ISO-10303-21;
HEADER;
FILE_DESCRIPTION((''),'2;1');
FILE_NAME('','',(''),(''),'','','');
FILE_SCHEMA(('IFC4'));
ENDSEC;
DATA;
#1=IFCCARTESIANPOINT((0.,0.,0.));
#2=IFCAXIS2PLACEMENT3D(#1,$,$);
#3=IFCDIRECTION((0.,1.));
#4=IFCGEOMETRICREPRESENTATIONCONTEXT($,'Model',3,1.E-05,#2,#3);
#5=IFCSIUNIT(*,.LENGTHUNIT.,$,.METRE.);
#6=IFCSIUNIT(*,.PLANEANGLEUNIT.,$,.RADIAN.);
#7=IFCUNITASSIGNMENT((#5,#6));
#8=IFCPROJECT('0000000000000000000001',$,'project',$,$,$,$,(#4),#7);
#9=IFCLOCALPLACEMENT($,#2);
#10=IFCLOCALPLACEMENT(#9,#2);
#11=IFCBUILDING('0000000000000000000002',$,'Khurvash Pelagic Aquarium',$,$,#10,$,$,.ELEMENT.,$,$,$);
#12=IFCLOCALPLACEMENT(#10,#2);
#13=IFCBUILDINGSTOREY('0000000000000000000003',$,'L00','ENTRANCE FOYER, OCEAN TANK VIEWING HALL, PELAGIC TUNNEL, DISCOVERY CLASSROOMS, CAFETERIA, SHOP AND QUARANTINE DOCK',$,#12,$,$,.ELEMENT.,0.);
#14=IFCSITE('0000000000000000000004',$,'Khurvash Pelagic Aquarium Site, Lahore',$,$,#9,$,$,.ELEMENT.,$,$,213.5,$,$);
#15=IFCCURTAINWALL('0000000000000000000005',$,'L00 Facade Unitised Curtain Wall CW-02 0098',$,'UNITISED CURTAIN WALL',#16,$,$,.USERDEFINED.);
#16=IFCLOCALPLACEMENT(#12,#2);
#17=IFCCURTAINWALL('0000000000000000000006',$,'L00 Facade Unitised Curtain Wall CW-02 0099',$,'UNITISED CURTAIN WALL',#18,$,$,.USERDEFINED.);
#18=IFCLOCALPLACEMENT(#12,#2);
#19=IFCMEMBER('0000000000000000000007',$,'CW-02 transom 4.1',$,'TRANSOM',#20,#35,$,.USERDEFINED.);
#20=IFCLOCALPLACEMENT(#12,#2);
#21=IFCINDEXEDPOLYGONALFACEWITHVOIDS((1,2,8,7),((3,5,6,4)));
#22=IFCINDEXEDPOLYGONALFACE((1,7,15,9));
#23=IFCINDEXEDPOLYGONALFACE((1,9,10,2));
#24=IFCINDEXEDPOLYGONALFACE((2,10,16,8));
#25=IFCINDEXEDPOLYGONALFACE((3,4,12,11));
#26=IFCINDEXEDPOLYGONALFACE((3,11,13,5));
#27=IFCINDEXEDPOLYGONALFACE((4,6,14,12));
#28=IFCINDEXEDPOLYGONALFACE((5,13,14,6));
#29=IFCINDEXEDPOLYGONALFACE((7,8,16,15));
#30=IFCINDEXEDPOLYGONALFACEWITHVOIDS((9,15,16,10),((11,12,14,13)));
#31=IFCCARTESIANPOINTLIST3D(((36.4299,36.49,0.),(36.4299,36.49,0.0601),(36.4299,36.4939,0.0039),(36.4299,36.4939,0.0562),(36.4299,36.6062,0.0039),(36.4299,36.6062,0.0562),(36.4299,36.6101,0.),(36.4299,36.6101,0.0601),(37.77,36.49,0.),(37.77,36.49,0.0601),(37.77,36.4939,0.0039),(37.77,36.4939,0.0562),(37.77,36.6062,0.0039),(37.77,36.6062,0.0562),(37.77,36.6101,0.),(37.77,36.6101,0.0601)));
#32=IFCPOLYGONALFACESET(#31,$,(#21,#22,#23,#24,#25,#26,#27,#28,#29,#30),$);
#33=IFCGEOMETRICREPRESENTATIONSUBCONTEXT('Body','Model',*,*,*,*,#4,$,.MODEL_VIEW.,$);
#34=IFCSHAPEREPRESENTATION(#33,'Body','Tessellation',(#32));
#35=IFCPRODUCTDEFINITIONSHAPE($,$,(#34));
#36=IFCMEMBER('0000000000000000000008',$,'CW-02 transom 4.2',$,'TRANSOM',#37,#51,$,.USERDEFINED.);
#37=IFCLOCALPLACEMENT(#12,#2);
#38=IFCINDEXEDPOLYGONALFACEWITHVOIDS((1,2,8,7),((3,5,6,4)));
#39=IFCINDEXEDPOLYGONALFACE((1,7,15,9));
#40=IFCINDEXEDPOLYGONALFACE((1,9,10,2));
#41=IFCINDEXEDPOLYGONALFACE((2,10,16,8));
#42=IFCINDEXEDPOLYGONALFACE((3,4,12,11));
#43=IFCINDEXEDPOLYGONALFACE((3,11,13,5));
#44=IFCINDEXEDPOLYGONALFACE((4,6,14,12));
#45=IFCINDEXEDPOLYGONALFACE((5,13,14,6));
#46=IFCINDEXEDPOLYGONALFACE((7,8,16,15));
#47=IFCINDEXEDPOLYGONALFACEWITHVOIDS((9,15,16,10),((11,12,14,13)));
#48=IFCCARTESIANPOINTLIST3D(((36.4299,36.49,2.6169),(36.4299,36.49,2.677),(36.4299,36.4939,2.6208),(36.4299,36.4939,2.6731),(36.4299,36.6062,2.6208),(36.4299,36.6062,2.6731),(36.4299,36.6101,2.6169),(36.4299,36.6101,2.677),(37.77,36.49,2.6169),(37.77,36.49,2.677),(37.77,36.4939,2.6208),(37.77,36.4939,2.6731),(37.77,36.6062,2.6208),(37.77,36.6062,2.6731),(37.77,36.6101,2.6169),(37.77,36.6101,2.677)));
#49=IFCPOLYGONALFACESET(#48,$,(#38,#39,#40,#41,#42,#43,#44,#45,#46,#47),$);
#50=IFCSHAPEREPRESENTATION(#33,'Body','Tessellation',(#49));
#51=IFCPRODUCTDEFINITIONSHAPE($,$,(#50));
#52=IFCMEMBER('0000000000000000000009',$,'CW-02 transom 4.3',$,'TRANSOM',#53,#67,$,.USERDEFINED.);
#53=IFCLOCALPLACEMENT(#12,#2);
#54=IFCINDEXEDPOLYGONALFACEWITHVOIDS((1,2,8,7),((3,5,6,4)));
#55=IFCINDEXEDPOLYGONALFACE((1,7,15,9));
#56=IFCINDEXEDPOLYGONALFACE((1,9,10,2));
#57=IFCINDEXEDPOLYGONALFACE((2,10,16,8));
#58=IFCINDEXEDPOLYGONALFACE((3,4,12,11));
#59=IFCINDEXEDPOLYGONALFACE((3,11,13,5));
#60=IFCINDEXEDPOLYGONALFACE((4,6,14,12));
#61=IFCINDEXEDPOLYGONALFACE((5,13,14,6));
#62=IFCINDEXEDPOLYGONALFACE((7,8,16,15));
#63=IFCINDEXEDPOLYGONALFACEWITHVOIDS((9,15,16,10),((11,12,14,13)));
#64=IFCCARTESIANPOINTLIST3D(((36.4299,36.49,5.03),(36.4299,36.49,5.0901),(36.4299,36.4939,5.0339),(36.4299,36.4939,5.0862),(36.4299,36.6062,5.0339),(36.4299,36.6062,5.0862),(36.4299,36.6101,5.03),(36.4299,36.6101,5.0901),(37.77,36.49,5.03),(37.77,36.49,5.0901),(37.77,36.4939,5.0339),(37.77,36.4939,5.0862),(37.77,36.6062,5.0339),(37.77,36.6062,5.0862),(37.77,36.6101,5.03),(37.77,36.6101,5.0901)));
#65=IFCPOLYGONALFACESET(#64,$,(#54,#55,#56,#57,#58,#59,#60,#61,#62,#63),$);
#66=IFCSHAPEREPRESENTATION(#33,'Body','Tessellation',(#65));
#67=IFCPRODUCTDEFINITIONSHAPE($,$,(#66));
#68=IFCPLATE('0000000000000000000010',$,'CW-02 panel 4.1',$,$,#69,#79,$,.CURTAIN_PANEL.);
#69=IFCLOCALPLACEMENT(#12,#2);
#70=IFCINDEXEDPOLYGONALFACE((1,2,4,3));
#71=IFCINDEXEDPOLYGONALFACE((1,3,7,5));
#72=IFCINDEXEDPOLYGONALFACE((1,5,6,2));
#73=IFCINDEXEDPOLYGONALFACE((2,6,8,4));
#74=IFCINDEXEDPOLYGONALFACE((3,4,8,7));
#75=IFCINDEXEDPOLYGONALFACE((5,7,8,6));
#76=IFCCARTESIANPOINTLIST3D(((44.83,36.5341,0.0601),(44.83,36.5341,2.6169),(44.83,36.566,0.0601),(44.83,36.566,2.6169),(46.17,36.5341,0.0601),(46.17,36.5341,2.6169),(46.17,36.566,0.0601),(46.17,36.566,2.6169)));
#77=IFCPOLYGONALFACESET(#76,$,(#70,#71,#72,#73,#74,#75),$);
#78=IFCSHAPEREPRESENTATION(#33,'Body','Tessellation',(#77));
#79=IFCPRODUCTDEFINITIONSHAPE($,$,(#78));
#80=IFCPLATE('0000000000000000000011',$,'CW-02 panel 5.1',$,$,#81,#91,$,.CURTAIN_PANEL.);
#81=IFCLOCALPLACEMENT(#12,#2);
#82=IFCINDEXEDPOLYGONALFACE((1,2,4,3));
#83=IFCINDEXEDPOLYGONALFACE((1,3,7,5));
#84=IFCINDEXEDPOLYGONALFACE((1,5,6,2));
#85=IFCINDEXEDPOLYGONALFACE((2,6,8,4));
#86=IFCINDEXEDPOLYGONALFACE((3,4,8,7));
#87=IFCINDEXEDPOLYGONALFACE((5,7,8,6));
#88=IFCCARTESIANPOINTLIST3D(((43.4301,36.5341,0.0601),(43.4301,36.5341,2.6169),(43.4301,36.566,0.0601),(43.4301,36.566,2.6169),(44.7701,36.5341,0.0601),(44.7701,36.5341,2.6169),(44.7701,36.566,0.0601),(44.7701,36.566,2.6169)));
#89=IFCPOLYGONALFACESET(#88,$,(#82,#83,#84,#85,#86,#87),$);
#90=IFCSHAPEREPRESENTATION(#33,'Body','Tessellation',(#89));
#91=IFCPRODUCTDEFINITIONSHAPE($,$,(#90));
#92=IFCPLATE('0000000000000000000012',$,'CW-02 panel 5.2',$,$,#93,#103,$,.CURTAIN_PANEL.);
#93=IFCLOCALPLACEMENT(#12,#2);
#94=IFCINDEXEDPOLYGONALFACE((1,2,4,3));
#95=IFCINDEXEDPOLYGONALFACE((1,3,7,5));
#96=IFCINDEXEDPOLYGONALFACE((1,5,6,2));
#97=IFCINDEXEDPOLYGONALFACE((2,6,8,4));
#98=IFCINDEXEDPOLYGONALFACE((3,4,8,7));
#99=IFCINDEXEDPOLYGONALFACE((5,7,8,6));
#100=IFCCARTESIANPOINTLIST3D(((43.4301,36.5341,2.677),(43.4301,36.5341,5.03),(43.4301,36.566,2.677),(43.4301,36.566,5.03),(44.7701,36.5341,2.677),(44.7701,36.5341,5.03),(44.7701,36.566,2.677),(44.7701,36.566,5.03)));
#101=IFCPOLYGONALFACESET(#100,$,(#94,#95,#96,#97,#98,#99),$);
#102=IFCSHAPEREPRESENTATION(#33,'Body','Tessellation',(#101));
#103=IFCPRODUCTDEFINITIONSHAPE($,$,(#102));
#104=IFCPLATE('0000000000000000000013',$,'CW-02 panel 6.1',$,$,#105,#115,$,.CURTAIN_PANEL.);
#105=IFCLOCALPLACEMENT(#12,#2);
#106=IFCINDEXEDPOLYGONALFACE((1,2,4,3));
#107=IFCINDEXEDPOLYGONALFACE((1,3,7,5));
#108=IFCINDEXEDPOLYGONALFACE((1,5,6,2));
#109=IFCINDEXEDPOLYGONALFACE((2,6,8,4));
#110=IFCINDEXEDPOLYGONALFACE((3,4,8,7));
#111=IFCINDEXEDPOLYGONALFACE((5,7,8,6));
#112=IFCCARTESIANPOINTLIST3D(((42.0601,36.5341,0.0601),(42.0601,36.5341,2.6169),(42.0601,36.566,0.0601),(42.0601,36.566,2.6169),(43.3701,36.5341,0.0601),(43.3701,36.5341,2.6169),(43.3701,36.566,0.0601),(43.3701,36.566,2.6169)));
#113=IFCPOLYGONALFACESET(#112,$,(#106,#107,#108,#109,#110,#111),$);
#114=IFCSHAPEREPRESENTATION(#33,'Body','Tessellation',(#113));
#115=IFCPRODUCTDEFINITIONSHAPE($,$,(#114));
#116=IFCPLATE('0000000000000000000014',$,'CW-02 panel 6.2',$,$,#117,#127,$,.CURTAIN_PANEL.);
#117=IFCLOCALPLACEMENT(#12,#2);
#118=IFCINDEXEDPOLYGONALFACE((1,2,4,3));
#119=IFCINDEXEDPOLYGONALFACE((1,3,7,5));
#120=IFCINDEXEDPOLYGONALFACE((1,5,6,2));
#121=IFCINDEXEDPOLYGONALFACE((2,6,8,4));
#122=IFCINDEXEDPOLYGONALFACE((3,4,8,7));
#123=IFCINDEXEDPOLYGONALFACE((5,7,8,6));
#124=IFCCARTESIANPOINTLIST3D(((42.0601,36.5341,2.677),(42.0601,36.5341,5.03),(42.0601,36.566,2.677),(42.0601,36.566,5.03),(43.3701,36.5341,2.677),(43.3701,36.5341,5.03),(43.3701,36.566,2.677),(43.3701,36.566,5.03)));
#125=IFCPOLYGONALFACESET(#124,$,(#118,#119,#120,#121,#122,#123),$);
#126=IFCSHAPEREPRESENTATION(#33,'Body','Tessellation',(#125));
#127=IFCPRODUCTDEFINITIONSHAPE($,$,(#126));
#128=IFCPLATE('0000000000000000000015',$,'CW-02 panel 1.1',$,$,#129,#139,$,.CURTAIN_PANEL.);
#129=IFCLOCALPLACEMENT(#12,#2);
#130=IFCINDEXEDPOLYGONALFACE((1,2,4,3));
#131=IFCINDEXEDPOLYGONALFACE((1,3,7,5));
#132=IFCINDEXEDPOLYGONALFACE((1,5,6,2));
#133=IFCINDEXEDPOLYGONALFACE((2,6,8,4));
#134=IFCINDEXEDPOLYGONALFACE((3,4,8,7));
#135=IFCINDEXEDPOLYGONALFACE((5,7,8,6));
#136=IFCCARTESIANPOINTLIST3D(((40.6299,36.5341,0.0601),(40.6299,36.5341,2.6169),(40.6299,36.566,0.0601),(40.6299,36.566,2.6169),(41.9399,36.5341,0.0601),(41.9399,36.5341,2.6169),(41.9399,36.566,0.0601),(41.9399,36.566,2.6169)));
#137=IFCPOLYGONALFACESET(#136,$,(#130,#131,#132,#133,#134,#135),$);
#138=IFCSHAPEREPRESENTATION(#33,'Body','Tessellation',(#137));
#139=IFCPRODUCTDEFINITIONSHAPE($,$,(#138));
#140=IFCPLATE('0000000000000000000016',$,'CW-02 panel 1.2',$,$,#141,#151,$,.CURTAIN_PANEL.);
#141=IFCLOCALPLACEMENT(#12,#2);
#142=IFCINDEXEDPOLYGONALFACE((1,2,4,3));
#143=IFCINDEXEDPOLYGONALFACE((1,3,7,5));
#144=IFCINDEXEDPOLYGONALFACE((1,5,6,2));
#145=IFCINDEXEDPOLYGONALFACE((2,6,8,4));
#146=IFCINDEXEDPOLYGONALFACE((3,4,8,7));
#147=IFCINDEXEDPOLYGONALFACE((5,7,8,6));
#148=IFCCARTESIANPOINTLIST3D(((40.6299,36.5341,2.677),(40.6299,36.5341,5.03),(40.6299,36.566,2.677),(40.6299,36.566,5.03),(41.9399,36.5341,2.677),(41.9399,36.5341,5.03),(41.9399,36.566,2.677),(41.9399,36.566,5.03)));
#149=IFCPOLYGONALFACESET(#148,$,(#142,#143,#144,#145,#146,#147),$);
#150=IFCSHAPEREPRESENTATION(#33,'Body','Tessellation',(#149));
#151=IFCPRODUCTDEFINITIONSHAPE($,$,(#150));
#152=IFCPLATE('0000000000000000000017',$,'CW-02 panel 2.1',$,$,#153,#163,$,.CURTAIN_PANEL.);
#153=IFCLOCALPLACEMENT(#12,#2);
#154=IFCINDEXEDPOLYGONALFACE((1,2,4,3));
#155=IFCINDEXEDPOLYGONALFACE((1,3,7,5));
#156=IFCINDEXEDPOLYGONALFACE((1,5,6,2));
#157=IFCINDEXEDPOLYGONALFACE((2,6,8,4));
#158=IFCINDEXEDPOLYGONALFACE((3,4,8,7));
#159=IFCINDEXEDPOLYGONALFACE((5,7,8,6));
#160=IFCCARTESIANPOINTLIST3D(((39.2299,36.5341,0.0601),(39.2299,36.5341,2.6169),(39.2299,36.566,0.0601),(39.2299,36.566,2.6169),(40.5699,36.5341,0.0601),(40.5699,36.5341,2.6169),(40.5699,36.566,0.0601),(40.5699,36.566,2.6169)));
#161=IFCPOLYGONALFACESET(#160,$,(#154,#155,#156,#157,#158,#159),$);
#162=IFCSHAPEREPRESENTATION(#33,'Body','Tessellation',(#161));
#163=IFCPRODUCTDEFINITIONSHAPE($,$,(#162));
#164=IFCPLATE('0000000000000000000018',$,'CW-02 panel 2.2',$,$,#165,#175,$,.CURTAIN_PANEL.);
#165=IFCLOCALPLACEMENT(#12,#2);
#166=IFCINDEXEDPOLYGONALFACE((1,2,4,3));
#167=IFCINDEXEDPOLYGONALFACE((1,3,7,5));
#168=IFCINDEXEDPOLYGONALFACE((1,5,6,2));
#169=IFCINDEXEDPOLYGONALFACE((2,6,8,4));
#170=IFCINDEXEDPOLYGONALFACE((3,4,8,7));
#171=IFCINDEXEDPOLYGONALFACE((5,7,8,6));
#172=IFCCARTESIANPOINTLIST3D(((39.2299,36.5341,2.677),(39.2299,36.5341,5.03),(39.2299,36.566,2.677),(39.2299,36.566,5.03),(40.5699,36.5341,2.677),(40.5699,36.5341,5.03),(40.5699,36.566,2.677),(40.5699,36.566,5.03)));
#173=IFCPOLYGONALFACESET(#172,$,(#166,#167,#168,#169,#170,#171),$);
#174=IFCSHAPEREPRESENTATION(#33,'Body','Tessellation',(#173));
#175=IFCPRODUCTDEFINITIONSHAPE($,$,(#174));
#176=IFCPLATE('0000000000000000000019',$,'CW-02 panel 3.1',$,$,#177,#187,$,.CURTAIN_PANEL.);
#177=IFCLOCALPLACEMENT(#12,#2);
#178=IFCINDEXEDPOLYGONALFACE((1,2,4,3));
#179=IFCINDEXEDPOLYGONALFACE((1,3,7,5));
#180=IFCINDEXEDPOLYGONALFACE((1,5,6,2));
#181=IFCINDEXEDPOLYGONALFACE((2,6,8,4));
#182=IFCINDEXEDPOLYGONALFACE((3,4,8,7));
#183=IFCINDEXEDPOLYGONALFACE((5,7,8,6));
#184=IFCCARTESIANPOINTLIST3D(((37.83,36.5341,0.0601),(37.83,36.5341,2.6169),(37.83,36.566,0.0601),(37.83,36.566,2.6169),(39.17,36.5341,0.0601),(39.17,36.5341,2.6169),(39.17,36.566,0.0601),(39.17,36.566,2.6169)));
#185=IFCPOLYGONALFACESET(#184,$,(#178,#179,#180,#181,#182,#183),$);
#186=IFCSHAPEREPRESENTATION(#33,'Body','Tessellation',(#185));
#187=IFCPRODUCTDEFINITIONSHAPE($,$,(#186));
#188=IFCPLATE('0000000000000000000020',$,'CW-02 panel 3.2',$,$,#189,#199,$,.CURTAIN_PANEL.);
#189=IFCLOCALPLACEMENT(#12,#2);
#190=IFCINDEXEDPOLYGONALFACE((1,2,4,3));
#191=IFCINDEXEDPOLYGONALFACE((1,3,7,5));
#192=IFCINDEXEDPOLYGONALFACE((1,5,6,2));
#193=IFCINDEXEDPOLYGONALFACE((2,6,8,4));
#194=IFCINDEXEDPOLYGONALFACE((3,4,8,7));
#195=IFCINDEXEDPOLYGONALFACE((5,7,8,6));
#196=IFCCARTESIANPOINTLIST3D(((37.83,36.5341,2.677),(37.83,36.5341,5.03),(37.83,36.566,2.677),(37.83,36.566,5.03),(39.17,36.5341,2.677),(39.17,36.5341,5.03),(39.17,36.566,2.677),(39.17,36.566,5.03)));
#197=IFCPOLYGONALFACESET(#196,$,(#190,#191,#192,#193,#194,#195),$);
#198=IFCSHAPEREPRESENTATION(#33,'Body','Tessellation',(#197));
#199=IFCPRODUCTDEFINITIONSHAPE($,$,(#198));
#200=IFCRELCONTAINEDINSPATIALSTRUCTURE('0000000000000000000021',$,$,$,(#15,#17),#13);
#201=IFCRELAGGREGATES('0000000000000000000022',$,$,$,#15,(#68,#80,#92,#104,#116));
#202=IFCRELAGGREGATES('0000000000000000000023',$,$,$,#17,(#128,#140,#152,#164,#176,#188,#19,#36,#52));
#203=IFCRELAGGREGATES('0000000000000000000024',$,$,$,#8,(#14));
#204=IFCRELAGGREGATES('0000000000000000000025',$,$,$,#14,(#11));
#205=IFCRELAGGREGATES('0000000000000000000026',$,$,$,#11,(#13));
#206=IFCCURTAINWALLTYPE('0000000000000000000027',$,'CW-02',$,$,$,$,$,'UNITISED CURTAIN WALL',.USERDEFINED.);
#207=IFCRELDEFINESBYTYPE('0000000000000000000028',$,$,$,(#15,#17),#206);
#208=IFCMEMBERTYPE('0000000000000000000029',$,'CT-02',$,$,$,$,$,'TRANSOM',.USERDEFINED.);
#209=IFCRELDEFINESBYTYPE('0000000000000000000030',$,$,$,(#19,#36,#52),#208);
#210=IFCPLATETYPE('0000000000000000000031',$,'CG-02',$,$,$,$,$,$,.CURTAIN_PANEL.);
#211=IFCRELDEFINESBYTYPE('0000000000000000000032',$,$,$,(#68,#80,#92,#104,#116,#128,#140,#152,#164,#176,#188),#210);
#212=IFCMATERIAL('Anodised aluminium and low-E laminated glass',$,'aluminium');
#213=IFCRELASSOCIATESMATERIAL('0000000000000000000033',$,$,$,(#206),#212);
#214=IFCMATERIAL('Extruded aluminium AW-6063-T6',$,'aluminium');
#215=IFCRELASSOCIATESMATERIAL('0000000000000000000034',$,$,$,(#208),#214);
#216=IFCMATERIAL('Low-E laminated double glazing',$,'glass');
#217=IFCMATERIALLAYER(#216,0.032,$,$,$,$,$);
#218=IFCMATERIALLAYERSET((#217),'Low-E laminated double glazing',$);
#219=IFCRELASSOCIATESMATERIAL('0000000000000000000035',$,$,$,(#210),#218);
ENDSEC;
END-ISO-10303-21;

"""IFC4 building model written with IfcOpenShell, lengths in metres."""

from ifc_helpers import new_model, si_unit, direction, frame, origin, origin_2d, place, context, subcontext, project, spatial, rectangle, hollow_rectangle, extrude, material, layer, layer_set, material_profile, profile_set, type_object, element, aggregate, save


model = new_model("IFC4")

# Units and contexts
model_context = context("Model", 3, precision=1e-05, world=origin(), true_north=direction((0.0, 1.0)))
body_context = subcontext(model_context, "Body", "Model", "MODEL_VIEW")
ifc_project = project(units=[si_unit("LENGTHUNIT", "METRE"), si_unit("PLANEANGLEUNIT", "RADIAN")], contexts=[model_context])

# Site, building, storey
site_placement = place(None, origin())
site = spatial("IfcSite", under=ifc_project, at=site_placement, Name="Khurvash Pelagic Aquarium Site, Lahore", CompositionType="ELEMENT", RefElevation=213.5)
building_placement = place(site_placement, origin())
building = spatial("IfcBuilding", under=site, at=building_placement, Name="Khurvash Pelagic Aquarium", CompositionType="ELEMENT")
storey_placement = place(building_placement, origin())
storey = spatial("IfcBuildingStorey", under=building, at=storey_placement, Name="L00", Description="ENTRANCE FOYER, OCEAN TANK VIEWING HALL, PELAGIC TUNNEL, DISCOVERY CLASSROOMS, CAFETERIA, SHOP AND QUARANTINE DOCK", CompositionType="ELEMENT", Elevation=0.0)

# Curtain walls
ifc_material_1 = material(Name="Anodised aluminium and low-E laminated glass", Category="aluminium")
curtain_wall_type = type_object("IfcCurtainWallType", Name="CW-02", ElementType="UNITISED CURTAIN WALL", PredefinedType="USERDEFINED", material=ifc_material_1)
curtain_wall_1_placement = place(storey_placement, origin())
curtain_wall_1 = element("IfcCurtainWall", 1, at=curtain_wall_1_placement, inside=storey, type_object=curtain_wall_type, Name="L00 Facade Unitised Curtain Wall CW-02 0098", ObjectType="UNITISED CURTAIN WALL", PredefinedType="USERDEFINED")
ifc_material_2 = material(Name="Extruded aluminium AW-6063-T6", Category="aluminium")
curtain_wall_2_placement = place(storey_placement, origin())
curtain_wall_2 = element("IfcCurtainWall", 2, at=curtain_wall_2_placement, inside=storey, type_object=curtain_wall_type, Name="L00 Facade Unitised Curtain Wall CW-02 0099", ObjectType="UNITISED CURTAIN WALL", PredefinedType="USERDEFINED")

# Members
ifc_material_profile_1 = material_profile(ifc_material_2, hollow_rectangle(XDim=0.1201, YDim=0.0601, WallThickness=0.0039, at=origin_2d()), Name="CWT120X60X4")
ifc_profile_set_1 = profile_set([ifc_material_profile_1], Name="Extruded aluminium AW-6063-T6")
member_type_1 = type_object("IfcMemberType", Name="CT-02", ElementType="TRANSOM", PredefinedType="USERDEFINED", material=ifc_profile_set_1)
member_1_placement = place(storey_placement, frame((37.77, 36.55, 0.03), z_axis=(-1.0, 0.0, 0.0), x_axis=(0.0, -1.0, 0.0)))
member_1 = element("IfcMember", 3, at=member_1_placement, type_object=member_type_1, Name="CW-02 transom 4.1", ObjectType="TRANSOM", PredefinedType="USERDEFINED", context=body_context, shape_type="SweptSolid", body=[
    extrude(hollow_rectangle(XDim=0.1201, YDim=0.0601, WallThickness=0.0039, at=origin_2d()), origin(), (0.0, 0.0, 1.0), 1.3401),
])
member_2_placement = place(storey_placement, frame((37.77, 36.55, 2.647), z_axis=(-1.0, 0.0, 0.0), x_axis=(0.0, -1.0, 0.0)))
member_2 = element("IfcMember", 4, at=member_2_placement, type_object=member_type_1, Name="CW-02 transom 4.2", ObjectType="TRANSOM", PredefinedType="USERDEFINED", context=body_context, shape_type="SweptSolid", body=[
    extrude(hollow_rectangle(XDim=0.1201, YDim=0.0601, WallThickness=0.0039, at=origin_2d()), origin(), (0.0, 0.0, 1.0), 1.3401),
])
member_3_placement = place(storey_placement, frame((37.77, 36.55, 5.0601), z_axis=(-1.0, 0.0, 0.0), x_axis=(0.0, -1.0, 0.0)))
member_3 = element("IfcMember", 5, at=member_3_placement, type_object=member_type_1, Name="CW-02 transom 4.3", ObjectType="TRANSOM", PredefinedType="USERDEFINED", context=body_context, shape_type="SweptSolid", body=[
    extrude(hollow_rectangle(XDim=0.1201, YDim=0.0601, WallThickness=0.0039, at=origin_2d()), origin(), (0.0, 0.0, 1.0), 1.3401),
])

# Plates
ifc_material_3 = material(Name="Low-E laminated double glazing", Category="glass")
ifc_layer = layer(ifc_material_3, 0.032)
ifc_layer_set = layer_set([ifc_layer], Name="Low-E laminated double glazing")
plate_type = type_object("IfcPlateType", Name="CG-02", PredefinedType="CURTAIN_PANEL", material=ifc_layer_set)
plate_1_placement = place(storey_placement, frame((45.5, 36.55, 0.0601), z_axis=(0.0, 0.0, 1.0), x_axis=(-1.0, 0.0, 0.0)))
plate_1 = element("IfcPlate", 6, at=plate_1_placement, type_object=plate_type, Name="CW-02 panel 4.1", PredefinedType="CURTAIN_PANEL", context=body_context, shape_type="SweptSolid", body=[
    extrude(rectangle(XDim=1.3401, YDim=0.032, at=origin_2d()), origin(), (0.0, 0.0, 1.0), 2.5569),
])
plate_2_placement = place(storey_placement, frame((44.1001, 36.55, 0.0601), z_axis=(0.0, 0.0, 1.0), x_axis=(-1.0, 0.0, 0.0)))
plate_2 = element("IfcPlate", 7, at=plate_2_placement, type_object=plate_type, Name="CW-02 panel 5.1", PredefinedType="CURTAIN_PANEL", context=body_context, shape_type="SweptSolid", body=[
    extrude(rectangle(XDim=1.3401, YDim=0.032, at=origin_2d()), origin(), (0.0, 0.0, 1.0), 2.5569),
])
plate_3_placement = place(storey_placement, frame((44.1001, 36.55, 2.677), z_axis=(0.0, 0.0, 1.0), x_axis=(-1.0, 0.0, 0.0)))
plate_3 = element("IfcPlate", 8, at=plate_3_placement, type_object=plate_type, Name="CW-02 panel 5.2", PredefinedType="CURTAIN_PANEL", context=body_context, shape_type="SweptSolid", body=[
    extrude(rectangle(XDim=1.3401, YDim=0.032, at=origin_2d()), origin(), (0.0, 0.0, 1.0), 2.353),
])
plate_4_placement = place(storey_placement, frame((42.7151, 36.55, 0.0601), z_axis=(0.0, 0.0, 1.0), x_axis=(-1.0, 0.0, 0.0)))
plate_4 = element("IfcPlate", 9, at=plate_4_placement, type_object=plate_type, Name="CW-02 panel 6.1", PredefinedType="CURTAIN_PANEL", context=body_context, shape_type="SweptSolid", body=[
    extrude(rectangle(XDim=1.3101, YDim=0.032, at=origin_2d()), origin(), (0.0, 0.0, 1.0), 2.5569),
])
plate_5_placement = place(storey_placement, frame((42.7151, 36.55, 2.677), z_axis=(0.0, 0.0, 1.0), x_axis=(-1.0, 0.0, 0.0)))
plate_5 = element("IfcPlate", 10, at=plate_5_placement, type_object=plate_type, Name="CW-02 panel 6.2", PredefinedType="CURTAIN_PANEL", context=body_context, shape_type="SweptSolid", body=[
    extrude(rectangle(XDim=1.3101, YDim=0.032, at=origin_2d()), origin(), (0.0, 0.0, 1.0), 2.353),
])
aggregate(curtain_wall_1, [plate_1, plate_2, plate_3, plate_4, plate_5])
plate_6_placement = place(storey_placement, frame((41.2849, 36.55, 0.0601), z_axis=(0.0, 0.0, 1.0), x_axis=(-1.0, 0.0, 0.0)))
plate_6 = element("IfcPlate", 11, at=plate_6_placement, type_object=plate_type, Name="CW-02 panel 1.1", PredefinedType="CURTAIN_PANEL", context=body_context, shape_type="SweptSolid", body=[
    extrude(rectangle(XDim=1.3101, YDim=0.032, at=origin_2d()), origin(), (0.0, 0.0, 1.0), 2.5569),
])
plate_7_placement = place(storey_placement, frame((41.2849, 36.55, 2.677), z_axis=(0.0, 0.0, 1.0), x_axis=(-1.0, 0.0, 0.0)))
plate_7 = element("IfcPlate", 12, at=plate_7_placement, type_object=plate_type, Name="CW-02 panel 1.2", PredefinedType="CURTAIN_PANEL", context=body_context, shape_type="SweptSolid", body=[
    extrude(rectangle(XDim=1.3101, YDim=0.032, at=origin_2d()), origin(), (0.0, 0.0, 1.0), 2.353),
])
plate_8_placement = place(storey_placement, frame((39.8999, 36.55, 0.0601), z_axis=(0.0, 0.0, 1.0), x_axis=(-1.0, 0.0, 0.0)))
plate_8 = element("IfcPlate", 13, at=plate_8_placement, type_object=plate_type, Name="CW-02 panel 2.1", PredefinedType="CURTAIN_PANEL", context=body_context, shape_type="SweptSolid", body=[
    extrude(rectangle(XDim=1.3401, YDim=0.032, at=origin_2d()), origin(), (0.0, 0.0, 1.0), 2.5569),
])
plate_9_placement = place(storey_placement, frame((39.8999, 36.55, 2.677), z_axis=(0.0, 0.0, 1.0), x_axis=(-1.0, 0.0, 0.0)))
plate_9 = element("IfcPlate", 14, at=plate_9_placement, type_object=plate_type, Name="CW-02 panel 2.2", PredefinedType="CURTAIN_PANEL", context=body_context, shape_type="SweptSolid", body=[
    extrude(rectangle(XDim=1.3401, YDim=0.032, at=origin_2d()), origin(), (0.0, 0.0, 1.0), 2.353),
])
plate_10_placement = place(storey_placement, frame((38.5, 36.55, 0.0601), z_axis=(0.0, 0.0, 1.0), x_axis=(-1.0, 0.0, 0.0)))
plate_10 = element("IfcPlate", 15, at=plate_10_placement, type_object=plate_type, Name="CW-02 panel 3.1", PredefinedType="CURTAIN_PANEL", context=body_context, shape_type="SweptSolid", body=[
    extrude(rectangle(XDim=1.3401, YDim=0.032, at=origin_2d()), origin(), (0.0, 0.0, 1.0), 2.5569),
])
plate_11_placement = place(storey_placement, frame((38.5, 36.55, 2.677), z_axis=(0.0, 0.0, 1.0), x_axis=(-1.0, 0.0, 0.0)))
plate_11 = element("IfcPlate", 16, at=plate_11_placement, type_object=plate_type, Name="CW-02 panel 3.2", PredefinedType="CURTAIN_PANEL", context=body_context, shape_type="SweptSolid", body=[
    extrude(rectangle(XDim=1.3401, YDim=0.032, at=origin_2d()), origin(), (0.0, 0.0, 1.0), 2.353),
])
aggregate(curtain_wall_2, [plate_6, plate_7, plate_8, plate_9, plate_10, plate_11, member_1, member_2, member_3])

save(model, "model.ifc")
